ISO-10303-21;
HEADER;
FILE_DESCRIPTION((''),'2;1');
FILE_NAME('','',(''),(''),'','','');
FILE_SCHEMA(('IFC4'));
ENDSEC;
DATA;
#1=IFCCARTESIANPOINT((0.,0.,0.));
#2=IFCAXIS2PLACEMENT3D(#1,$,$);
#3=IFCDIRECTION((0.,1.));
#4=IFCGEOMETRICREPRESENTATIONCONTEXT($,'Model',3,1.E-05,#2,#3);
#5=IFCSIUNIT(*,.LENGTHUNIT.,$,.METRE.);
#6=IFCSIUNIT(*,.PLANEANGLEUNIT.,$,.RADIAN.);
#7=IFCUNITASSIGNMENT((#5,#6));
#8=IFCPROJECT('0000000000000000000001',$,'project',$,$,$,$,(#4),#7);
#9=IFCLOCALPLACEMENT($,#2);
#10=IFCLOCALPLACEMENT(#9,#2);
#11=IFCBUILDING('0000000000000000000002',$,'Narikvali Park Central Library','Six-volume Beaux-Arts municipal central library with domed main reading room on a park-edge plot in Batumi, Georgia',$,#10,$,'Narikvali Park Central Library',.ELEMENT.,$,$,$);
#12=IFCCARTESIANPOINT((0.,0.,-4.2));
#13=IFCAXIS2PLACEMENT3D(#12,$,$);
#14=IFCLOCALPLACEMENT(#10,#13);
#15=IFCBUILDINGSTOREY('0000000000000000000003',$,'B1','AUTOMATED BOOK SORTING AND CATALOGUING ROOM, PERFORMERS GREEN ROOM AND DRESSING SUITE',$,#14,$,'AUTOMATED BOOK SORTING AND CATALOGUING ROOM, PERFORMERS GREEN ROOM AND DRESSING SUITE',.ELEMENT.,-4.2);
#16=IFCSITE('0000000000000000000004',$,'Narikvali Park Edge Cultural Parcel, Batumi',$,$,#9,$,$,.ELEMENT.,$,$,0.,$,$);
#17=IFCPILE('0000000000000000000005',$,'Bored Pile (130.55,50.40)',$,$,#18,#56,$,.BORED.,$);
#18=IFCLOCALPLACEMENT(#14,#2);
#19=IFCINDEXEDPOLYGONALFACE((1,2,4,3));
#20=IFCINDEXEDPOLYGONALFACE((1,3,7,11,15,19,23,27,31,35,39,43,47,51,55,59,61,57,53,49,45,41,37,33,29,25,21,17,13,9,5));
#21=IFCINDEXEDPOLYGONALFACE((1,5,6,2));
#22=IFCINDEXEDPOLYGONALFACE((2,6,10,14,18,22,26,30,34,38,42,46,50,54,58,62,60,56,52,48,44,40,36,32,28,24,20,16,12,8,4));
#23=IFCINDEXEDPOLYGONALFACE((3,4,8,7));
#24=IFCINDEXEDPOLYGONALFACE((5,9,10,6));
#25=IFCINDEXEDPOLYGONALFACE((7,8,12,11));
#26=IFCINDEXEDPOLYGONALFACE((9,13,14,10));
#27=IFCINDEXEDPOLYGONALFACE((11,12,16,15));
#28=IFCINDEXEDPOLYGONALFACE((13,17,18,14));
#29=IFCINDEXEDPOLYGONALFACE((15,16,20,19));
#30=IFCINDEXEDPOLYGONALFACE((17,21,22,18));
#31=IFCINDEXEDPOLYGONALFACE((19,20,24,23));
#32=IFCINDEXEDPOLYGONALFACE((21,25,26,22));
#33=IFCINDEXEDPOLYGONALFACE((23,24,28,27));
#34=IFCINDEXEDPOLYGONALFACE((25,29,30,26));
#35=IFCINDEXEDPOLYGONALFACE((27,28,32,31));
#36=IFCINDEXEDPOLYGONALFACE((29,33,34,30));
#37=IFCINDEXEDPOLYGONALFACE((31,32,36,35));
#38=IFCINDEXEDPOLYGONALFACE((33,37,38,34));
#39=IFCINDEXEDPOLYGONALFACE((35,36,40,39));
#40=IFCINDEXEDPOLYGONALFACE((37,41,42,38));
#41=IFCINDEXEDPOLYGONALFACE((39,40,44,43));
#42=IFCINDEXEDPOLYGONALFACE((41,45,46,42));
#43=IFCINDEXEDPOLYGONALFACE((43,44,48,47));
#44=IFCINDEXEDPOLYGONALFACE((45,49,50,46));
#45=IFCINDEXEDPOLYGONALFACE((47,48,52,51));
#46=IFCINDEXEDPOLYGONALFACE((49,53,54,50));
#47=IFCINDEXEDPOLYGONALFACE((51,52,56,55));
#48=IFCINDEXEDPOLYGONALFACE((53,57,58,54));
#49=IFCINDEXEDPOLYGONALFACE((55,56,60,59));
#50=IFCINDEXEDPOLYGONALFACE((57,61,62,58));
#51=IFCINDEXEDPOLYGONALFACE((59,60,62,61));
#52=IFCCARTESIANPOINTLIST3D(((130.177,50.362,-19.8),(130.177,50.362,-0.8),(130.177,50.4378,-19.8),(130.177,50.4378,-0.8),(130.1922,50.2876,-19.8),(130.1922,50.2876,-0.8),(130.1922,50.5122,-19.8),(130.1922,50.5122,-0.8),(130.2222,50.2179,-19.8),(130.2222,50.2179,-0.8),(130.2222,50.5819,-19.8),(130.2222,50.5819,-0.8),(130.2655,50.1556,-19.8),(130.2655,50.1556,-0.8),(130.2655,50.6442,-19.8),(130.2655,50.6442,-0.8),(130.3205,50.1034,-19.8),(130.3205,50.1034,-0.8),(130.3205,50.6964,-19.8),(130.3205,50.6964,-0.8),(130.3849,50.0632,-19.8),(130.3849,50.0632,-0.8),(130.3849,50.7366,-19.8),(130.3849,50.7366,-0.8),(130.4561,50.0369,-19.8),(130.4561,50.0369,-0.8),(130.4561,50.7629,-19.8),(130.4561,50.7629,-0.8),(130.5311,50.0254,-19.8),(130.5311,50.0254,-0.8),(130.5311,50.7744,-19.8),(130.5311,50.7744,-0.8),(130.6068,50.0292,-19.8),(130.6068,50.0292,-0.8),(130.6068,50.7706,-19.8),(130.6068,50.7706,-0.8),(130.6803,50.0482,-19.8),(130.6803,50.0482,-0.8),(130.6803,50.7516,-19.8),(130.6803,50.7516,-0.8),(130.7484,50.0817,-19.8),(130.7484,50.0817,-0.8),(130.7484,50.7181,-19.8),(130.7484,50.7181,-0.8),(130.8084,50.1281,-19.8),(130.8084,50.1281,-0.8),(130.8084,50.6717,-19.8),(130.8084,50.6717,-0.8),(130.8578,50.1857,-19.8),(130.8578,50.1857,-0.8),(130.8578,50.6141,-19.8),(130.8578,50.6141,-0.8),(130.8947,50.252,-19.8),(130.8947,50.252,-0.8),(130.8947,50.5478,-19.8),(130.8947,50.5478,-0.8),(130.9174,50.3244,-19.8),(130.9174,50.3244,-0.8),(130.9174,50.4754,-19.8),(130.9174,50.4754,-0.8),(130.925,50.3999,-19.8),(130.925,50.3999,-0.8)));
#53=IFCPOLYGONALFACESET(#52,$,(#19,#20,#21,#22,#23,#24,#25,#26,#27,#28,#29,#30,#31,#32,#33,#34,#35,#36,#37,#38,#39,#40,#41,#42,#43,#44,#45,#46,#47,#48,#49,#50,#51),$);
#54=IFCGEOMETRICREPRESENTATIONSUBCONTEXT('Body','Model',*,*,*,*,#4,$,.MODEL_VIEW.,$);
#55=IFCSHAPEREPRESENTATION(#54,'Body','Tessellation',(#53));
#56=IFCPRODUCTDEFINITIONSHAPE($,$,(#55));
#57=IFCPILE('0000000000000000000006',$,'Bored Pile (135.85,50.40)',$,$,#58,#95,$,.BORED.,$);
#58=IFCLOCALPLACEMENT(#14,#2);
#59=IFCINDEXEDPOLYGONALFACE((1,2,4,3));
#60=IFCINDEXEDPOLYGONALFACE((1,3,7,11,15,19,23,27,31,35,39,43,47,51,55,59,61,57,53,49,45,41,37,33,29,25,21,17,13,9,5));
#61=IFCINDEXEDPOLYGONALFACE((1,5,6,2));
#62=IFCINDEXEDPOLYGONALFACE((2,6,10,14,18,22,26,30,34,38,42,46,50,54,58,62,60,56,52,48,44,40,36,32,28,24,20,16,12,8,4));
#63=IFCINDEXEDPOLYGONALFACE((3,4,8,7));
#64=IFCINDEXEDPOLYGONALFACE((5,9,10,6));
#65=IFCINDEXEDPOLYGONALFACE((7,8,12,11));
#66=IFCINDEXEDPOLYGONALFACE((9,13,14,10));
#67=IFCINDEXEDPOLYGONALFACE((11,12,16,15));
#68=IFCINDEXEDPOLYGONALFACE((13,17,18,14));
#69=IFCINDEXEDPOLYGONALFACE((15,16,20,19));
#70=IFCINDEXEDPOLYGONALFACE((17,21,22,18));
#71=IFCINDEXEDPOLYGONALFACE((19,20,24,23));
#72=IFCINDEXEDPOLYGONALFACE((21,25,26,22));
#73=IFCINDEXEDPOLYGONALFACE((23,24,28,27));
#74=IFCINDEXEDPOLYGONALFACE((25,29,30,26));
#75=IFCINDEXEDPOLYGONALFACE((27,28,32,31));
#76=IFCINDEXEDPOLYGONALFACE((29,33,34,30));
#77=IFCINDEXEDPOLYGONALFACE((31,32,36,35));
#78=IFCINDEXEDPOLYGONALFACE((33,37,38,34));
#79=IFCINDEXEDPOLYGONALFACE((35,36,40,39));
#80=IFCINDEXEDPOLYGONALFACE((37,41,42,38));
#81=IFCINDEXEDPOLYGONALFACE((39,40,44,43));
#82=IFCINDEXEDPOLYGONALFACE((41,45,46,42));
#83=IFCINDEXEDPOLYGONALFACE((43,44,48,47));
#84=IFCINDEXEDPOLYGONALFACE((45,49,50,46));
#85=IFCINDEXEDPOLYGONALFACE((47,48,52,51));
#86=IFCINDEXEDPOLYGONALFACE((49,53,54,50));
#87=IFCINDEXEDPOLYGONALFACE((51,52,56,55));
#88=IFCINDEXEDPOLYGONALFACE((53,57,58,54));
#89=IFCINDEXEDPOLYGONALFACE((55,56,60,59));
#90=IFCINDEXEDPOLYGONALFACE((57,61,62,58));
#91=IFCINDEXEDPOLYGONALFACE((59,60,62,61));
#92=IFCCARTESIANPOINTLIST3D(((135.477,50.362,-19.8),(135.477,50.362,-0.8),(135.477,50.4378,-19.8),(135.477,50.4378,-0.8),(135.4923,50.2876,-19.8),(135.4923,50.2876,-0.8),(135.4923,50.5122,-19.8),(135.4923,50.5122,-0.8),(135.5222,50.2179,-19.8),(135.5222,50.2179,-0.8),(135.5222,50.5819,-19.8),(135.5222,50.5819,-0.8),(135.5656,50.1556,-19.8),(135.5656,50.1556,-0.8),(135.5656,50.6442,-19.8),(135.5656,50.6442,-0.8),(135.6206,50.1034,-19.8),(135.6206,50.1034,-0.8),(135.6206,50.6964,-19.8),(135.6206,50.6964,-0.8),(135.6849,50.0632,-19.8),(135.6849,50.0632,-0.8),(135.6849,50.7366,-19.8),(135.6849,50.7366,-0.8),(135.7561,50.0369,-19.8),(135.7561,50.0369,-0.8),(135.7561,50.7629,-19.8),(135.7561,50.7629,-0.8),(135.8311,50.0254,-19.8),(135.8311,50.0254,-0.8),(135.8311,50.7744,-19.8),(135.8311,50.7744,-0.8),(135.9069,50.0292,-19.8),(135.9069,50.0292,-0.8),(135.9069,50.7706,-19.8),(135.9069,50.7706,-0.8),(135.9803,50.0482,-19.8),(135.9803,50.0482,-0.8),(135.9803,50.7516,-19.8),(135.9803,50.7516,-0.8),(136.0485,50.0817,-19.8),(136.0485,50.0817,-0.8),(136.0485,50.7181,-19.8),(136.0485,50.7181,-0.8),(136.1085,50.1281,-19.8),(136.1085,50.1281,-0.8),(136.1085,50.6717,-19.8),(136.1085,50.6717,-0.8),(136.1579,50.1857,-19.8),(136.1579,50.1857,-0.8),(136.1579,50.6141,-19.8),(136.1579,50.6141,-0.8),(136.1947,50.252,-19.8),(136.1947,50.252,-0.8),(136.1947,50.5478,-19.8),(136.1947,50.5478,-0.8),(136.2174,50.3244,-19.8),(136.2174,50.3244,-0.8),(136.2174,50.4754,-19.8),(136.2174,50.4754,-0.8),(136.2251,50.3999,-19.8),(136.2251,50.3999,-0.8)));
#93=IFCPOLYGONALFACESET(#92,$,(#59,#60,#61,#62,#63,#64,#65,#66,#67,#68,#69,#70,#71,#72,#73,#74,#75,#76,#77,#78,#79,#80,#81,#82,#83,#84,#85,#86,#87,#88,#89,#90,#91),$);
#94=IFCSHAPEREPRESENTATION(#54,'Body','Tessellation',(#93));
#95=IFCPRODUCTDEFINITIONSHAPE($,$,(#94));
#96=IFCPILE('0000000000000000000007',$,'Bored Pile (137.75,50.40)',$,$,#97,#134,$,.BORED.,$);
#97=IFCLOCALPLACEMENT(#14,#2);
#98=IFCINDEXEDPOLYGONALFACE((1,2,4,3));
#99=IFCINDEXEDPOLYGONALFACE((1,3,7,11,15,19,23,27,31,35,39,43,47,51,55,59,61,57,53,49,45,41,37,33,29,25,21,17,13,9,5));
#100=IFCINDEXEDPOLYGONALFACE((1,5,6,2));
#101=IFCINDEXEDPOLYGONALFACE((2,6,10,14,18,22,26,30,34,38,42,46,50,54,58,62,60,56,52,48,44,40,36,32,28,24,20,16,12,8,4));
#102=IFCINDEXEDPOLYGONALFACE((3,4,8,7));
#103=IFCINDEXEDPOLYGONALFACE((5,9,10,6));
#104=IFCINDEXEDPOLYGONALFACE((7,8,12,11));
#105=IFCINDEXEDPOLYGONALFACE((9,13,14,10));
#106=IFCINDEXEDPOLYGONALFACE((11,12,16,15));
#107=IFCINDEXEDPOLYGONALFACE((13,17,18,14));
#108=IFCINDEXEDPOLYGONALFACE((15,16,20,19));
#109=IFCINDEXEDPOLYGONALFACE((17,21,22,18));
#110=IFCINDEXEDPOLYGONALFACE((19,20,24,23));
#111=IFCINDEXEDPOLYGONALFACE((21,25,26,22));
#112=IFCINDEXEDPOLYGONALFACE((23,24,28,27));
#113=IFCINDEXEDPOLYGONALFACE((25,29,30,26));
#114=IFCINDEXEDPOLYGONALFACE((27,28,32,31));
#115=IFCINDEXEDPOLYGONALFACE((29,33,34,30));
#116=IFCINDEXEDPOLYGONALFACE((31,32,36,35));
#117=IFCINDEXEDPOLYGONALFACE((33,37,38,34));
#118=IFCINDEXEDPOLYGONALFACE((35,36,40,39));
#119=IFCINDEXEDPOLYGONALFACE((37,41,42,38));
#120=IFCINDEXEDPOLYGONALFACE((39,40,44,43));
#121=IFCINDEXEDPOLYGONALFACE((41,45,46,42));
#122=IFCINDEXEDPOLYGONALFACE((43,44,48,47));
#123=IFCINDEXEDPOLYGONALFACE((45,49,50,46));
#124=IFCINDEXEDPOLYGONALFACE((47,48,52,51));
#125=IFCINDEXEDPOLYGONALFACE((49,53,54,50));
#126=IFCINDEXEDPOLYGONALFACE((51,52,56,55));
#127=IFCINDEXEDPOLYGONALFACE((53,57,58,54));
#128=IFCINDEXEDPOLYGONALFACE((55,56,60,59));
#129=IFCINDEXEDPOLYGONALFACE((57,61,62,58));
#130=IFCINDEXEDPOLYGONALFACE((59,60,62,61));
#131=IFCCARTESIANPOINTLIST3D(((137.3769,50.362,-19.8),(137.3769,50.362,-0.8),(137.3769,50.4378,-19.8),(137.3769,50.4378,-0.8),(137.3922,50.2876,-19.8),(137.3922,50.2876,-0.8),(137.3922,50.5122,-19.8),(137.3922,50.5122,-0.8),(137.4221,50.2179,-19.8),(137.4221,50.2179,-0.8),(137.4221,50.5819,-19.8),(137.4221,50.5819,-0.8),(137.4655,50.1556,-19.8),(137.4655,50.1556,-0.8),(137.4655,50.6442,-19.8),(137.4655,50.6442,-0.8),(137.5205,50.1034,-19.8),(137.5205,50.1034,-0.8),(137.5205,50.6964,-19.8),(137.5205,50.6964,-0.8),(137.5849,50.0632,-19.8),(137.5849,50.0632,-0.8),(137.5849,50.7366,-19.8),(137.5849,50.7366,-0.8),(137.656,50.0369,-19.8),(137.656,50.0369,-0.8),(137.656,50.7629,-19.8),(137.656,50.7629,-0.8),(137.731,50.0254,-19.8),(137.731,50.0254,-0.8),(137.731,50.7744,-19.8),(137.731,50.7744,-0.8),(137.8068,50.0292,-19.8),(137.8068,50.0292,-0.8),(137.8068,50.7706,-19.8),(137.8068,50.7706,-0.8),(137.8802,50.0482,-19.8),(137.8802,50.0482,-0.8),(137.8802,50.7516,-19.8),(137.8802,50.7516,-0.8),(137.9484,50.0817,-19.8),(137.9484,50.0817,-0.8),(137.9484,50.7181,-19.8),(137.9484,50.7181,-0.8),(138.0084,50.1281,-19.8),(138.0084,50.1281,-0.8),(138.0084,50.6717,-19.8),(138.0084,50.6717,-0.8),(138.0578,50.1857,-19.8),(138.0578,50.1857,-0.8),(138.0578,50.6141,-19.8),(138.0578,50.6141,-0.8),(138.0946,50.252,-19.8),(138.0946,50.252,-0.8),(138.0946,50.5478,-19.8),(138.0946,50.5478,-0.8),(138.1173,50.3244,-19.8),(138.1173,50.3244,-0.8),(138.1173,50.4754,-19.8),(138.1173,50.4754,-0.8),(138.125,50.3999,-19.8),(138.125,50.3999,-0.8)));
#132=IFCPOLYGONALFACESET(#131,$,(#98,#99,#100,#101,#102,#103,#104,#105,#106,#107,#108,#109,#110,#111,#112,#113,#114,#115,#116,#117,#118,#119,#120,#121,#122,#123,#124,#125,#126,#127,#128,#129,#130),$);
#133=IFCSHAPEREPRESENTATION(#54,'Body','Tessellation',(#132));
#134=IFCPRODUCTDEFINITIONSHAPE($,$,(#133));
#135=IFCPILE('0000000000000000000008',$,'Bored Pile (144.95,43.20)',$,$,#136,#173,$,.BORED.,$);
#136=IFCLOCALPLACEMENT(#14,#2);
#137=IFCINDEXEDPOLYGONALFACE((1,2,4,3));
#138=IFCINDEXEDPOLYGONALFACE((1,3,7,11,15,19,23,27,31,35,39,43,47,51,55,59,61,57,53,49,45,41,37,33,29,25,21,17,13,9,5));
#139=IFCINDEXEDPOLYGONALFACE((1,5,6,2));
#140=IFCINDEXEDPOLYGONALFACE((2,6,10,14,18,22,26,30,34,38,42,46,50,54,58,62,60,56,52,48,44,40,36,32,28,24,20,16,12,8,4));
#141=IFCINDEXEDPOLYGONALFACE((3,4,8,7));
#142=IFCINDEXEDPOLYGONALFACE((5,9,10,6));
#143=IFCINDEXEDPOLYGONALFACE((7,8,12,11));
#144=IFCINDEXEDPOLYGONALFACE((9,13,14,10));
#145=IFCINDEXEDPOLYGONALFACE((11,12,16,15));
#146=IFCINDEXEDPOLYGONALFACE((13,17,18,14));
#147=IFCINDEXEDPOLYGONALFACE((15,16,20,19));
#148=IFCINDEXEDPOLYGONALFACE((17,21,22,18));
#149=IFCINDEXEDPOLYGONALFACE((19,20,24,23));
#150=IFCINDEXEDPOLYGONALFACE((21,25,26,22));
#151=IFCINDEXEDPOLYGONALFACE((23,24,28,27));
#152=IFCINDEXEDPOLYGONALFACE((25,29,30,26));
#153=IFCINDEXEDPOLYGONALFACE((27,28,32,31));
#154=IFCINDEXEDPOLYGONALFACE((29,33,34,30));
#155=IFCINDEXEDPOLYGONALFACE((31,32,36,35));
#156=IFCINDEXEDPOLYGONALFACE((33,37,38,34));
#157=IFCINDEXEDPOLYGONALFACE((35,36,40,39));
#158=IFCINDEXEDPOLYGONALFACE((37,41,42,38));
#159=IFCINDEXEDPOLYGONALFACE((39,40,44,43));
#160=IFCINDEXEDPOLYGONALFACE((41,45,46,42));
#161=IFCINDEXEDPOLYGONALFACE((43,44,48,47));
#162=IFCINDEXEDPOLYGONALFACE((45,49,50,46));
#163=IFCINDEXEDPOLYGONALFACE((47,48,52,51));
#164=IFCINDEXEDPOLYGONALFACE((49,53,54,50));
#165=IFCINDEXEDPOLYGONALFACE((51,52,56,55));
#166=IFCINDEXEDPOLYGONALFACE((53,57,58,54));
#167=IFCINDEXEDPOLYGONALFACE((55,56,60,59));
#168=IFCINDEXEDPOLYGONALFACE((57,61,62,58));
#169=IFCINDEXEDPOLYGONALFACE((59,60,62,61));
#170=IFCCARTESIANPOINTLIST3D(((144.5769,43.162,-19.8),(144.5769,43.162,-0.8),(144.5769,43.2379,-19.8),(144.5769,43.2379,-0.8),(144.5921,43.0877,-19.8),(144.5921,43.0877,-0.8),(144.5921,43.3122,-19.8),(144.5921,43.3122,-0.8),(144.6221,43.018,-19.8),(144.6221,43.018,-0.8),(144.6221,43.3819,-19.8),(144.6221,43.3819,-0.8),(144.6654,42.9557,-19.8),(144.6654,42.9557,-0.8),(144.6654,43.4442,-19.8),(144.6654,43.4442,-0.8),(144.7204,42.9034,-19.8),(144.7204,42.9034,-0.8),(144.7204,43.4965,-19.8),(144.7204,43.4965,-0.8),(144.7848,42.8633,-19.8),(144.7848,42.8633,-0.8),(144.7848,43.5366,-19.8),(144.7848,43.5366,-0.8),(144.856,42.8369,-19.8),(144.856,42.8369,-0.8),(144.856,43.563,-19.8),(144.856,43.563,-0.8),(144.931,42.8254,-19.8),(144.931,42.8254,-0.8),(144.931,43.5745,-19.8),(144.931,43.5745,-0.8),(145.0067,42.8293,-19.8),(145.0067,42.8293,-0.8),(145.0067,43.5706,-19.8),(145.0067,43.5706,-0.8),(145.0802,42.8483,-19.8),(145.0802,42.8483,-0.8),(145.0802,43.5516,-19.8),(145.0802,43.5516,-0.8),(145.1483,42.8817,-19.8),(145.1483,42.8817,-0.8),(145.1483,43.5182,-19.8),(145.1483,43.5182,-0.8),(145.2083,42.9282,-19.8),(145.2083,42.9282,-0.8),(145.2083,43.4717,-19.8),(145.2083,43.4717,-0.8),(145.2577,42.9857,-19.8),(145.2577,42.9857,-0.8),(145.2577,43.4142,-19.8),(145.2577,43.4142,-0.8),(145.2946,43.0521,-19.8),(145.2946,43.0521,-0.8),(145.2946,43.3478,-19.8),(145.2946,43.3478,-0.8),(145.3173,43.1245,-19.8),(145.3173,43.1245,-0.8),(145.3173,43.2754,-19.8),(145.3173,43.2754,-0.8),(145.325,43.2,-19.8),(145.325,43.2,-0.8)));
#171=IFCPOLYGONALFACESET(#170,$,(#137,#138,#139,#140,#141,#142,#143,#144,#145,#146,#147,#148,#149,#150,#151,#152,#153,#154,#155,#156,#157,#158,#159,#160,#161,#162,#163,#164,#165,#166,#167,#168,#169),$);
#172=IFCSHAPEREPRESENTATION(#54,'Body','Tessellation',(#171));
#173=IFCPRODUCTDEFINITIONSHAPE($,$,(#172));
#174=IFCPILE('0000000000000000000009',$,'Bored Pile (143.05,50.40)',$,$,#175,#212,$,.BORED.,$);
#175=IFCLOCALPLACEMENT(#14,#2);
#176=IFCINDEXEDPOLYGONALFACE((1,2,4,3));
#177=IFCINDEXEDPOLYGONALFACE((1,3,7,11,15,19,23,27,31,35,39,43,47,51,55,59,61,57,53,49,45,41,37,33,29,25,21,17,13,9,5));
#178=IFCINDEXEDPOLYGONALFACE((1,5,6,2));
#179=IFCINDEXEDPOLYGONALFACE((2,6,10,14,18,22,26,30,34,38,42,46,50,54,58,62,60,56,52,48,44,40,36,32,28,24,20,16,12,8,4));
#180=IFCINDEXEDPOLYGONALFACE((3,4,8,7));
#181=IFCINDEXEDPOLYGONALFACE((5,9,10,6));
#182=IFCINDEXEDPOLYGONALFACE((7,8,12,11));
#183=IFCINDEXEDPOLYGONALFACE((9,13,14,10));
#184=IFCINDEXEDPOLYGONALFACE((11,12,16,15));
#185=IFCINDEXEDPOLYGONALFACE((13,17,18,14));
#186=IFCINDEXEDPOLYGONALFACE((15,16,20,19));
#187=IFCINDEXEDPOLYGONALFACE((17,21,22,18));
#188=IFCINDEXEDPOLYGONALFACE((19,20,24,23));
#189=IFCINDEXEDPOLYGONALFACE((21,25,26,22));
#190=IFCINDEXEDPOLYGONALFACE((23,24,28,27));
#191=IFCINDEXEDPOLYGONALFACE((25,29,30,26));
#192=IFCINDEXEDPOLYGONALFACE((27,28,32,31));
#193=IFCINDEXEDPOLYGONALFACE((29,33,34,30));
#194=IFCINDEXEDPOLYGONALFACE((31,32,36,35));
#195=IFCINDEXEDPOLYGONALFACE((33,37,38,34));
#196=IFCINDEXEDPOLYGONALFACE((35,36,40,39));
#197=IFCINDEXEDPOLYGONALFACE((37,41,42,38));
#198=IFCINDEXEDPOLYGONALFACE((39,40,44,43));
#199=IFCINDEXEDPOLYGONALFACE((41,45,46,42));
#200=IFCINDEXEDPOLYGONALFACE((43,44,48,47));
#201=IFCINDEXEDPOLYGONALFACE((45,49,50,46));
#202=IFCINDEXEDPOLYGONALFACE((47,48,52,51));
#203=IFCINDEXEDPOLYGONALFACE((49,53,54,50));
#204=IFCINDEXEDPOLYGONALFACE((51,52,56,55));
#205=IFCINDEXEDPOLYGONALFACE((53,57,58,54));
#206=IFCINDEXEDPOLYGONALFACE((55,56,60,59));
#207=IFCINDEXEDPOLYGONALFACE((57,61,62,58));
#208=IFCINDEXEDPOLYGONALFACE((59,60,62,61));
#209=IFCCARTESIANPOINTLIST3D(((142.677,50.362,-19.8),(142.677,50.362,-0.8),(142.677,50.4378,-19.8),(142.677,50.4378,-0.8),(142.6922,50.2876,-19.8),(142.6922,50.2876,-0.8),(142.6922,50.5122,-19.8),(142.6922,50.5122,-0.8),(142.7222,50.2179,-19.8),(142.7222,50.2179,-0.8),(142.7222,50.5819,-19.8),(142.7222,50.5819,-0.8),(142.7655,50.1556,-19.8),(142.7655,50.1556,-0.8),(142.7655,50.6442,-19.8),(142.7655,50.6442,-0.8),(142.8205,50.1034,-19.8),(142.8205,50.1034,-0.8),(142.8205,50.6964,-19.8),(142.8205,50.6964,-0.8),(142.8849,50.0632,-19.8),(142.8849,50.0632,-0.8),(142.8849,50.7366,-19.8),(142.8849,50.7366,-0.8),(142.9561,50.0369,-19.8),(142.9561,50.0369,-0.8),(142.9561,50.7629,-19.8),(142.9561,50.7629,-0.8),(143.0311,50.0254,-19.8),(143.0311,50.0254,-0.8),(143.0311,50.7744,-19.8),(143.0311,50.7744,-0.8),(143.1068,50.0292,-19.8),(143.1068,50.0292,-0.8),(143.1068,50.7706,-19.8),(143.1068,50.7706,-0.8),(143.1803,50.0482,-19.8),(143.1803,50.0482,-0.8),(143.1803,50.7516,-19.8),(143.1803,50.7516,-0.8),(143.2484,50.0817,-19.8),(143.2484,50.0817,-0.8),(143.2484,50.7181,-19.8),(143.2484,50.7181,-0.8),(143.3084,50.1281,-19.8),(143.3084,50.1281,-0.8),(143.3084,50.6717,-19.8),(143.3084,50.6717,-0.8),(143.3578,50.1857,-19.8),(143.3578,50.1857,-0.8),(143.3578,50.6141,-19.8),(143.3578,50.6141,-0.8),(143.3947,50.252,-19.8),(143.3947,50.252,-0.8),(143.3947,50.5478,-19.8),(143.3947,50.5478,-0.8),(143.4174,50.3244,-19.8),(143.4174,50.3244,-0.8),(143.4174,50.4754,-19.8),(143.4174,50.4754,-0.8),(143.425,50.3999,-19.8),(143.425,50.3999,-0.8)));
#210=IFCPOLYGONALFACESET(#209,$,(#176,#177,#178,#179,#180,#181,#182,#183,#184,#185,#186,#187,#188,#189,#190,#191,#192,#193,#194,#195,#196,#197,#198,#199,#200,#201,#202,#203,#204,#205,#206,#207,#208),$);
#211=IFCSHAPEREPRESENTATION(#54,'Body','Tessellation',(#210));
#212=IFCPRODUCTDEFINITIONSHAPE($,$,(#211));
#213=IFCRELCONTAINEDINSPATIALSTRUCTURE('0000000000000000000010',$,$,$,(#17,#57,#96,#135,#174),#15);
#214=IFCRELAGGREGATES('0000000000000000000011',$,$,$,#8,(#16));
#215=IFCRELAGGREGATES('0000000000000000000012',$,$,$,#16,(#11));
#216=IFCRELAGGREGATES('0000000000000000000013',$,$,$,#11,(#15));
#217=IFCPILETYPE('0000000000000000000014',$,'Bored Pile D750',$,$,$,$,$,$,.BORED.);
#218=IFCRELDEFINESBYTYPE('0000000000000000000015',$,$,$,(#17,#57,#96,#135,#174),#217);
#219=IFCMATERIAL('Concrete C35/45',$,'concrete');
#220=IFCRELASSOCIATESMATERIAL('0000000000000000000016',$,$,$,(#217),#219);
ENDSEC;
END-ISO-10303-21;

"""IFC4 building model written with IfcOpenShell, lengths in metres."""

from ifc_helpers import new_model, si_unit, direction, frame, origin, origin_2d, place, context, subcontext, project, spatial, circle, extrude, material, material_profile, profile_set, type_object, element, save


model = new_model("IFC4")

# Units and contexts
model_context = context("Model", 3, precision=1e-05, world=origin(), true_north=direction((0.0, 1.0)))
body_context = subcontext(model_context, "Body", "Model", "MODEL_VIEW")
ifc_project = project(units=[si_unit("LENGTHUNIT", "METRE"), si_unit("PLANEANGLEUNIT", "RADIAN")], contexts=[model_context])

# Site, building, storey
site_placement = place(None, origin())
site = spatial("IfcSite", under=ifc_project, at=site_placement, Name="Narikvali Park Edge Cultural Parcel, Batumi", CompositionType="ELEMENT", RefElevation=0.0)
building_placement = place(site_placement, origin())
building = spatial("IfcBuilding", under=site, at=building_placement, Name="Narikvali Park Central Library", Description="Six-volume Beaux-Arts municipal central library with domed main reading room on a park-edge plot in Batumi, Georgia", LongName="Narikvali Park Central Library", CompositionType="ELEMENT")
storey_placement = place(building_placement, frame((0.0, 0.0, -4.2)))
storey = spatial("IfcBuildingStorey", under=building, at=storey_placement, Name="B1", Description="AUTOMATED BOOK SORTING AND CATALOGUING ROOM, PERFORMERS GREEN ROOM AND DRESSING SUITE", LongName="AUTOMATED BOOK SORTING AND CATALOGUING ROOM, PERFORMERS GREEN ROOM AND DRESSING SUITE", CompositionType="ELEMENT", Elevation=-4.2)

# Piles
ifc_material_1 = material(Name="Concrete C35/45", Category="concrete")
ifc_material_profile_1 = material_profile(ifc_material_1, circle(Radius=0.375, at=origin_2d()), Name="PILE D750")
ifc_profile_set_1 = profile_set([ifc_material_profile_1], Name="Concrete C35/45")
pile_type = type_object("IfcPileType", Name="Bored Pile D750", PredefinedType="BORED", material=ifc_profile_set_1)
for number, where, z_axis, x_axis, name in (
    (1, (130.55, 50.3999, -0.8), (0.0, 0.0, -1.0), (1.0, 0.0, 0.0), "Bored Pile (130.55,50.40)"),
    (2, (135.8501, 50.3999, -0.8), (0.0, 0.0, -1.0), (1.0, 0.0, 0.0), "Bored Pile (135.85,50.40)"),
    (3, (137.75, 50.3999, -0.8), (0.0, 0.0, -1.0), (1.0, 0.0, 0.0), "Bored Pile (137.75,50.40)"),
    (4, (144.95, 43.2, -0.8), (0.0, 0.0, -1.0), (1.0, 0.0, 0.0), "Bored Pile (144.95,43.20)"),
    (5, (143.05, 50.3999, -0.8), (0.0, 0.0, -1.0), (1.0, 0.0, 0.0), "Bored Pile (143.05,50.40)"),
):
    element("IfcPile", number, at=place(storey_placement, frame(where, z_axis=z_axis, x_axis=x_axis)), inside=storey, type_object=pile_type, Name=name, PredefinedType="BORED", context=body_context, shape_type="SweptSolid", body=[
        extrude(circle(Radius=0.375, at=origin_2d()), origin(), (0.0, 0.0, 1.0), 19.0),
    ])

save(model, "model.ifc")
